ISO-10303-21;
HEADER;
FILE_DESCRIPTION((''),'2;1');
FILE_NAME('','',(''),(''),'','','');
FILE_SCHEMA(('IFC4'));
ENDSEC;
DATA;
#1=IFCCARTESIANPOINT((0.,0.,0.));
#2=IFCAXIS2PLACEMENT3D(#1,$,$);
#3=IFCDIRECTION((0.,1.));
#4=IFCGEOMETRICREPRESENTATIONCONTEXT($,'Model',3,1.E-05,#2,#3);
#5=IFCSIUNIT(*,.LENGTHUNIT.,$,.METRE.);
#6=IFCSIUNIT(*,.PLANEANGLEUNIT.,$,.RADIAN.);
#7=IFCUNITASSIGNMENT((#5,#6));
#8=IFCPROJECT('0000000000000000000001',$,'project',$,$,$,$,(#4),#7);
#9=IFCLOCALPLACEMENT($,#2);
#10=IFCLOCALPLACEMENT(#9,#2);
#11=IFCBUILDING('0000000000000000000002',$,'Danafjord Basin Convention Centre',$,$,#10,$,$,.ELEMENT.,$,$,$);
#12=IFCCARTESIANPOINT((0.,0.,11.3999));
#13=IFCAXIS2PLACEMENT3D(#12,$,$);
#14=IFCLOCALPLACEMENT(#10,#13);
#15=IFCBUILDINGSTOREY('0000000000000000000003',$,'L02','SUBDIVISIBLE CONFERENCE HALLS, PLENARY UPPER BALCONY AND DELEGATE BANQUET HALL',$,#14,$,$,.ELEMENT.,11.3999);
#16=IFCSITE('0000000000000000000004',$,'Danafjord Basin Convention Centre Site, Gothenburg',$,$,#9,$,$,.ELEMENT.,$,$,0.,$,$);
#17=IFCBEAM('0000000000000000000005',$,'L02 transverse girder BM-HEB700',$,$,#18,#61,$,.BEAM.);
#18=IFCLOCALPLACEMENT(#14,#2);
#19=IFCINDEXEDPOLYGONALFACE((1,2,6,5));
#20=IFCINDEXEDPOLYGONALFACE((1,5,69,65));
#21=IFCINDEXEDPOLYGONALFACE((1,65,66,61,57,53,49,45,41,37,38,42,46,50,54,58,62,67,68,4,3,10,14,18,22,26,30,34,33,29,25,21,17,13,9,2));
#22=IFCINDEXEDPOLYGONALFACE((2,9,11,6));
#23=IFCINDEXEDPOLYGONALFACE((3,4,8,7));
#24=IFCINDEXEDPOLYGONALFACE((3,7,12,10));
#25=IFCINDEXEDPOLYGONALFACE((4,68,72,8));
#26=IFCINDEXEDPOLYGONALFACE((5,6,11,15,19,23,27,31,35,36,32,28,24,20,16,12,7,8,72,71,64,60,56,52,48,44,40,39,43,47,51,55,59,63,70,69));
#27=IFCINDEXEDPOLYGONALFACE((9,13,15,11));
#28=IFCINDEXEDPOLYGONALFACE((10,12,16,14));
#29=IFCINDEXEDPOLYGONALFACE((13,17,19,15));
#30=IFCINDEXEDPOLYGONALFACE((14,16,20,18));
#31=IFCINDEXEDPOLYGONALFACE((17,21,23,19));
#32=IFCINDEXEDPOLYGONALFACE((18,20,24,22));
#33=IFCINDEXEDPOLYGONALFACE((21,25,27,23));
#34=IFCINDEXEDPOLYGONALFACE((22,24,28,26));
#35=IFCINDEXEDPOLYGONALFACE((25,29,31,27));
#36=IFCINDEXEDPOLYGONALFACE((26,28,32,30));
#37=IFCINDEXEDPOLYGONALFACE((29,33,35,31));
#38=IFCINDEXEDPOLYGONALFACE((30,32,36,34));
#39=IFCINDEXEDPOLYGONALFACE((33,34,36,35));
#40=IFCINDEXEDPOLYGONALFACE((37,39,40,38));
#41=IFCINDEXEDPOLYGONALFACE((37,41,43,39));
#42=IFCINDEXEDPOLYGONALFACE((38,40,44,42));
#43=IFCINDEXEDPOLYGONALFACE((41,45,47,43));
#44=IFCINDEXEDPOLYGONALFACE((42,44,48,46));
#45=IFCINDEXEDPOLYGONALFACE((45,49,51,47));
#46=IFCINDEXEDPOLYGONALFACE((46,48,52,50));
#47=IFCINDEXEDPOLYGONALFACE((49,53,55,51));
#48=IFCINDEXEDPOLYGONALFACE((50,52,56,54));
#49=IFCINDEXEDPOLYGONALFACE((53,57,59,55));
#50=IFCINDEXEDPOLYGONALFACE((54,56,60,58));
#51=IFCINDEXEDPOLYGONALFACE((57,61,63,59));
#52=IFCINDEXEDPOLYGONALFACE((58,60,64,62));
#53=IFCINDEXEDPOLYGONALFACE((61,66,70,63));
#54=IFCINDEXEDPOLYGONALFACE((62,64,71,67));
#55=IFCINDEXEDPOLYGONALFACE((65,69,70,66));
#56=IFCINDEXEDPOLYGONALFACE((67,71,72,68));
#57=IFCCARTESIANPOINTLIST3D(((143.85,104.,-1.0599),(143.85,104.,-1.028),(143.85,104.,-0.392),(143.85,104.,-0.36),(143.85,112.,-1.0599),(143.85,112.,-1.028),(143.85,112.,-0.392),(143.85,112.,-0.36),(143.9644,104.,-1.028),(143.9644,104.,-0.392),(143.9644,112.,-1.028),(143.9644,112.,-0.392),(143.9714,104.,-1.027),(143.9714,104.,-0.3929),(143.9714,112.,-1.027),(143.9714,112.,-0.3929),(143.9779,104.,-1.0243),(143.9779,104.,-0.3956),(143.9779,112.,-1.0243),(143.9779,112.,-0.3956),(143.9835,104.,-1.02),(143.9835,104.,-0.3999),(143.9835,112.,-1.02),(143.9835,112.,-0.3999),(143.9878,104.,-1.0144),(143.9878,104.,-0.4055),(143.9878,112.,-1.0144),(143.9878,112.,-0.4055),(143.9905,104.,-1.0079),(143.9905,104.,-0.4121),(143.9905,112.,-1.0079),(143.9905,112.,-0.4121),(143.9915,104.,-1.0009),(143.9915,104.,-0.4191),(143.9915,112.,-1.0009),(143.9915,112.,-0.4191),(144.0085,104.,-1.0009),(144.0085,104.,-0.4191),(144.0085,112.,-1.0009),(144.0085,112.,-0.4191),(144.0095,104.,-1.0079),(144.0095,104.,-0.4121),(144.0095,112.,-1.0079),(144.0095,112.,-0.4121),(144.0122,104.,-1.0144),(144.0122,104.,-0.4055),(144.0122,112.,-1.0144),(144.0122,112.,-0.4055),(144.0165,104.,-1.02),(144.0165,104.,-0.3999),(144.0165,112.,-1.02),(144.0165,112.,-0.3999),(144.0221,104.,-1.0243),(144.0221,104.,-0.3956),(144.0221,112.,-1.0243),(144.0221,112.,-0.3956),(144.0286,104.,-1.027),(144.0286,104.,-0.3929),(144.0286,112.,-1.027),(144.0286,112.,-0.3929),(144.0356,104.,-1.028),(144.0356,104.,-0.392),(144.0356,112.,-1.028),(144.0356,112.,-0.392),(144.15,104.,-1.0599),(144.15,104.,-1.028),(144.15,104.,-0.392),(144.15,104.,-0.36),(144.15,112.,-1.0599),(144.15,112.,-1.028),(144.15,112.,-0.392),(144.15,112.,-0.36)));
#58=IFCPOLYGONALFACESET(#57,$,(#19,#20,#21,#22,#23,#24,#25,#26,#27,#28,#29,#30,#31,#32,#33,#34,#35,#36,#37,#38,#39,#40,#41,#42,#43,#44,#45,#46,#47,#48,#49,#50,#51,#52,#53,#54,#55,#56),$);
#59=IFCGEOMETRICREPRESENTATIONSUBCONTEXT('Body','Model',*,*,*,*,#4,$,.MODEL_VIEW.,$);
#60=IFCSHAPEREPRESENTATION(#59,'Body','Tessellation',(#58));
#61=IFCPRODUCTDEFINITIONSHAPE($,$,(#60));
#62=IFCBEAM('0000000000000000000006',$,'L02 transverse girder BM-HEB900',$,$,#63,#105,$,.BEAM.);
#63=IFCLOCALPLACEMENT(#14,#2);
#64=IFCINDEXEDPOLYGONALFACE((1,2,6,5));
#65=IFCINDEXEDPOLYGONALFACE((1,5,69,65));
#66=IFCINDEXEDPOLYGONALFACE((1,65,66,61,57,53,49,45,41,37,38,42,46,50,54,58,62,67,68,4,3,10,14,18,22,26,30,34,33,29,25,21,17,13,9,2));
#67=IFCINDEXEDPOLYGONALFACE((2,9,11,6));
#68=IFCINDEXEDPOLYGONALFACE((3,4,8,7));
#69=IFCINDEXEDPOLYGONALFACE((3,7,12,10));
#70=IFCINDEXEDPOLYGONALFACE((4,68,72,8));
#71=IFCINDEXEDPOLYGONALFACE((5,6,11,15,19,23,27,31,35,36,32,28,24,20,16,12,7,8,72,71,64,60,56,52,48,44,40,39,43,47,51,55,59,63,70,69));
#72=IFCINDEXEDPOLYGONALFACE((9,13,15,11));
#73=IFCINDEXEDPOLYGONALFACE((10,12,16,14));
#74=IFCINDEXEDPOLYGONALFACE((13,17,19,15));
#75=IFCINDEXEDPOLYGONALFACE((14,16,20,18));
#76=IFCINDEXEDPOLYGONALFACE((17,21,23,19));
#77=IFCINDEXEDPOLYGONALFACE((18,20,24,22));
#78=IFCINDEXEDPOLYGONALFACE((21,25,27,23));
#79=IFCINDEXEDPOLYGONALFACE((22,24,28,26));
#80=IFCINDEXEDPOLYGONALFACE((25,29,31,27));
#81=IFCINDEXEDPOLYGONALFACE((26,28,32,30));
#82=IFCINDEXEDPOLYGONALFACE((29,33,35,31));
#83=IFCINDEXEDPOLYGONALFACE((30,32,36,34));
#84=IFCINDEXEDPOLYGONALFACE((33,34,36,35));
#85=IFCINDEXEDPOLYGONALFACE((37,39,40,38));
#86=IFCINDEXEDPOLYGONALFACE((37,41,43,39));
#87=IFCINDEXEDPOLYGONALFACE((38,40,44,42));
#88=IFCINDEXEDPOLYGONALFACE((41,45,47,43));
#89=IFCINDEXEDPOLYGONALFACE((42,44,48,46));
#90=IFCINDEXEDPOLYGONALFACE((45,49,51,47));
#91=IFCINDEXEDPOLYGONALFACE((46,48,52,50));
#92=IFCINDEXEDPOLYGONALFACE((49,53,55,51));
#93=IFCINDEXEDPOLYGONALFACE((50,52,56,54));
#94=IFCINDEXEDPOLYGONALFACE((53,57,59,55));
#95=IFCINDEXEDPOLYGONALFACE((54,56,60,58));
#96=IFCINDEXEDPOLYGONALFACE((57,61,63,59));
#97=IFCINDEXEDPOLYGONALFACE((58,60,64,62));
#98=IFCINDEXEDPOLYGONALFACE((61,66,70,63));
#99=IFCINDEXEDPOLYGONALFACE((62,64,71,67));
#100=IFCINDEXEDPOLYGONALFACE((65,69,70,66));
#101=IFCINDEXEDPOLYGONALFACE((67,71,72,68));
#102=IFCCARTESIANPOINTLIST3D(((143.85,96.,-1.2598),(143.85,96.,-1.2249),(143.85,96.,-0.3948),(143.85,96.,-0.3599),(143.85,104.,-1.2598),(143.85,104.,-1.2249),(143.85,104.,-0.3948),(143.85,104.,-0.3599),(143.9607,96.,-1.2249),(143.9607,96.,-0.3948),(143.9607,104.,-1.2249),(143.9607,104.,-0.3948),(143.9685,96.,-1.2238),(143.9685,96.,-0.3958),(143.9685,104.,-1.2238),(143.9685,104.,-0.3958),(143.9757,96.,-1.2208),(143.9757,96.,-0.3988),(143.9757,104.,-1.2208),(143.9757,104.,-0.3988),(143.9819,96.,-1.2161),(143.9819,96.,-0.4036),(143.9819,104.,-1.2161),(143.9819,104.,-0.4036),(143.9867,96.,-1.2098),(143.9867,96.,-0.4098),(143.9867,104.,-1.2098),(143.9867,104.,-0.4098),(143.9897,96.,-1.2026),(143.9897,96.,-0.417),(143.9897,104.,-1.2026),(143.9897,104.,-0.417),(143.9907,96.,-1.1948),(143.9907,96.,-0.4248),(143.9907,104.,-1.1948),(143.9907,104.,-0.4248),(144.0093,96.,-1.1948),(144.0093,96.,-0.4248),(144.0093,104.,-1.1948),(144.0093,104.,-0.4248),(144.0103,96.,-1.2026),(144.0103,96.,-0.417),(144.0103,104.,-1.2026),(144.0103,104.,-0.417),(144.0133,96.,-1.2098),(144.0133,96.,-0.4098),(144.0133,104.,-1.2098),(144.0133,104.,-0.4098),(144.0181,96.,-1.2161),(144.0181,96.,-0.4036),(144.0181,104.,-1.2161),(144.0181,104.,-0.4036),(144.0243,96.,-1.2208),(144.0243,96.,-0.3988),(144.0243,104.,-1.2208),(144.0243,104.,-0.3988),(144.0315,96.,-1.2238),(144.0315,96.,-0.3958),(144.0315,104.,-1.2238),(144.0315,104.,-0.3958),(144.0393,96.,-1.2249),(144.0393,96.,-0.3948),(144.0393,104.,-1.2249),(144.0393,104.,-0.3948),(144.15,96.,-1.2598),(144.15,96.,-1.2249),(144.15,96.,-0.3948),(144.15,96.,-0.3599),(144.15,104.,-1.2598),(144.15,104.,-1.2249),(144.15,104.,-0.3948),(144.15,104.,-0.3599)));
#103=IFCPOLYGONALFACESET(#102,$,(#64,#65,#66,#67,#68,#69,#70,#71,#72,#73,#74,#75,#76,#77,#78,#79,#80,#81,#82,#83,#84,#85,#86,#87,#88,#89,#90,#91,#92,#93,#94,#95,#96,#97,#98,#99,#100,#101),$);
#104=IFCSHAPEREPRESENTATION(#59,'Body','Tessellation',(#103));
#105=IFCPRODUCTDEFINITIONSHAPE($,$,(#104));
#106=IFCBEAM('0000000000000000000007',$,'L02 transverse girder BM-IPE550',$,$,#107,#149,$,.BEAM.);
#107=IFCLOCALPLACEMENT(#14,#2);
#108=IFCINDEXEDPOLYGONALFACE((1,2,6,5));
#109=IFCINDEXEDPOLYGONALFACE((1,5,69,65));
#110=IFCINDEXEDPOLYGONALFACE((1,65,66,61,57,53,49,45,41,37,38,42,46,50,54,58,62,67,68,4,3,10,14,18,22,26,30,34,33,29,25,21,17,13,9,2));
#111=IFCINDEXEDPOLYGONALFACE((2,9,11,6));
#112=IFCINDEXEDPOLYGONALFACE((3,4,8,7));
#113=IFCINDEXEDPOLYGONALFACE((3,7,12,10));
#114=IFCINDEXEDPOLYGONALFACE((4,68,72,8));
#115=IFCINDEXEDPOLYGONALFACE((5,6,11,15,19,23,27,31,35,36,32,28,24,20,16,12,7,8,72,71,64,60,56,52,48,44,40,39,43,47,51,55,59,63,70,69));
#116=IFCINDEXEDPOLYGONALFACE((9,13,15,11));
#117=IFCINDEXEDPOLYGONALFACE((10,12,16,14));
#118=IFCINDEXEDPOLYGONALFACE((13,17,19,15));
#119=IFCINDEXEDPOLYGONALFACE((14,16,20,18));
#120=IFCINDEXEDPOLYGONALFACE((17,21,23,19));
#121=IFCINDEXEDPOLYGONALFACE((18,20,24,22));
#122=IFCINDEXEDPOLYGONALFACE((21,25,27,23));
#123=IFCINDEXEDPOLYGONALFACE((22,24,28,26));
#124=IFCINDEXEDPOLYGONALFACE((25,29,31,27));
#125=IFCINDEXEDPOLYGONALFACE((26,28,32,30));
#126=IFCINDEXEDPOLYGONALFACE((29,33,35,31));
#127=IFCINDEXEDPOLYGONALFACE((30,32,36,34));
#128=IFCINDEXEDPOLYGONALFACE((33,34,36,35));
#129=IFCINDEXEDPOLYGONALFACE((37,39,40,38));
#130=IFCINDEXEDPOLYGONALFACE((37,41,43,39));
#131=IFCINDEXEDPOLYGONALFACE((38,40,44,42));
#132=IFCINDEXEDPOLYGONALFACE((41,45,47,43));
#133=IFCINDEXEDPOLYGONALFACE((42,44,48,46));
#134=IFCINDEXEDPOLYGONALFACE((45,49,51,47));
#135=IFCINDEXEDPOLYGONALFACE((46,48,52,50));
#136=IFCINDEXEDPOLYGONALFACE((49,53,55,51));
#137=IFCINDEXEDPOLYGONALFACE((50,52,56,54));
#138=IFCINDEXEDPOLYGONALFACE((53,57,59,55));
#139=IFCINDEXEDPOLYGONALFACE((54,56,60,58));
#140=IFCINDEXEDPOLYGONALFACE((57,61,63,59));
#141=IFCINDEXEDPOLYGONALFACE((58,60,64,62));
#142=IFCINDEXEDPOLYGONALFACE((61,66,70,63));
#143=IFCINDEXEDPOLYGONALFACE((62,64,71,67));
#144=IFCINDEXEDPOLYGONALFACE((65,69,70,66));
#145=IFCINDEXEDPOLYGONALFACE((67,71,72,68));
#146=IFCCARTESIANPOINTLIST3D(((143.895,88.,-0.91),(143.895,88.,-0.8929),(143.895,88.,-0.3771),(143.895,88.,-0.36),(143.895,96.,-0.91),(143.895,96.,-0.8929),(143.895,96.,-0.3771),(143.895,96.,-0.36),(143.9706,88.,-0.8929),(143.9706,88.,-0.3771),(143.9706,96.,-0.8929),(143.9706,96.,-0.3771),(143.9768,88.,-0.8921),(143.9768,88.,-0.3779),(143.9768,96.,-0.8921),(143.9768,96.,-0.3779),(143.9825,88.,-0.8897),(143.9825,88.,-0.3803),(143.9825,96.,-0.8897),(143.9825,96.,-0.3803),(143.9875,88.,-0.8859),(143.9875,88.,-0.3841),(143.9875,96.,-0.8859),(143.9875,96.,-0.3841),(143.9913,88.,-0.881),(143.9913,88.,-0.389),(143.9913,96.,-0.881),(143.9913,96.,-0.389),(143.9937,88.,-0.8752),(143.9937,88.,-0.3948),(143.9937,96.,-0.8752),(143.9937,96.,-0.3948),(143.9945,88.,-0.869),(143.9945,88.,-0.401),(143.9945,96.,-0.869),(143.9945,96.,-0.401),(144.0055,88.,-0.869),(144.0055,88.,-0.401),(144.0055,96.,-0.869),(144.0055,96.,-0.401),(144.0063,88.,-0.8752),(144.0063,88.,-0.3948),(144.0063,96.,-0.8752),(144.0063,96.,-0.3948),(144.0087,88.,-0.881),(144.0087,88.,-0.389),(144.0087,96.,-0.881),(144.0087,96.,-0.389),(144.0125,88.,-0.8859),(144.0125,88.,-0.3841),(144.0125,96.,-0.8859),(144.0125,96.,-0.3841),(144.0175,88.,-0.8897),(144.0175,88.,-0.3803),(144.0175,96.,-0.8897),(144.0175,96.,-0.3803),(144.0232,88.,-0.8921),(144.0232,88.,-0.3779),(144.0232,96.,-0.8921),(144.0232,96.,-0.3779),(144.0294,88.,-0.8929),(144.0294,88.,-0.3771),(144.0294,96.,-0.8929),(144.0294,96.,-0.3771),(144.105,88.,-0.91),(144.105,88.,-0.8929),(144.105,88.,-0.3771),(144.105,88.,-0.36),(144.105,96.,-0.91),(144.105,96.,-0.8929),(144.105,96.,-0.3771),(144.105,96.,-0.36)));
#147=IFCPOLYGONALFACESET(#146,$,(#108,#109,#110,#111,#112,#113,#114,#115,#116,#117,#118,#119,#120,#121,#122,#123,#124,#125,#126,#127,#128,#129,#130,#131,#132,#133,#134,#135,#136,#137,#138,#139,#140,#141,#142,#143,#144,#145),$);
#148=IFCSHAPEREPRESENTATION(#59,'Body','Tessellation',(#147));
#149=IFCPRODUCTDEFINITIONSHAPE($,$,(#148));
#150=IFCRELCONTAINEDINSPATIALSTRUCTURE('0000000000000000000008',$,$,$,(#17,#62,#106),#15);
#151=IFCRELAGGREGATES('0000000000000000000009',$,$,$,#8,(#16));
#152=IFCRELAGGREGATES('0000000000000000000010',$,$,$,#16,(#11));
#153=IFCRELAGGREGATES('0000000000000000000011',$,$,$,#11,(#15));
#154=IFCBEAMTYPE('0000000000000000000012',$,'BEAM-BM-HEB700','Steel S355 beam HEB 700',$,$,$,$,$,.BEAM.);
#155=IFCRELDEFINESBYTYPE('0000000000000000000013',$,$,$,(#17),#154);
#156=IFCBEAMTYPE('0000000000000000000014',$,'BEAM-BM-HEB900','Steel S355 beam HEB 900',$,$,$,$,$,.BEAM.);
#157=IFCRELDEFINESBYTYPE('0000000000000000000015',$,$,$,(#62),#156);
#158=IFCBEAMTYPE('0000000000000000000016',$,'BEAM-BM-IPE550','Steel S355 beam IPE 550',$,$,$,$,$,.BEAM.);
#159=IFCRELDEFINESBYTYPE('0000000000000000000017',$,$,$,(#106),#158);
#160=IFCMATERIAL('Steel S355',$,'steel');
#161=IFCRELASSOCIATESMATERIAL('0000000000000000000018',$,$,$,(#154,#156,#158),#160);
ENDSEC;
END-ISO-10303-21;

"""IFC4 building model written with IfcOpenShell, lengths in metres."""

from ifc_helpers import new_model, si_unit, direction, frame, origin, origin_2d, place, context, subcontext, project, spatial, i_section, extrude, material, material_profile, profile_set, type_object, element, save


model = new_model("IFC4")

# Units and contexts
model_context = context("Model", 3, precision=1e-05, world=origin(), true_north=direction((0.0, 1.0)))
body_context = subcontext(model_context, "Body", "Model", "MODEL_VIEW")
ifc_project = project(units=[si_unit("LENGTHUNIT", "METRE"), si_unit("PLANEANGLEUNIT", "RADIAN")], contexts=[model_context])

# Site, building, storey
site_placement = place(None, origin())
site = spatial("IfcSite", under=ifc_project, at=site_placement, Name="Danafjord Basin Convention Centre Site, Gothenburg", CompositionType="ELEMENT", RefElevation=0.0)
building_placement = place(site_placement, origin())
building = spatial("IfcBuilding", under=site, at=building_placement, Name="Danafjord Basin Convention Centre", CompositionType="ELEMENT")
storey_placement = place(building_placement, frame((0.0, 0.0, 11.3999)))
storey = spatial("IfcBuildingStorey", under=building, at=storey_placement, Name="L02", Description="SUBDIVISIBLE CONFERENCE HALLS, PLENARY UPPER BALCONY AND DELEGATE BANQUET HALL", CompositionType="ELEMENT", Elevation=11.3999)

# Shared definitions
ifc_material_1 = material(Name="Steel S355", Category="steel")

# Beams
ifc_material_profile_1 = material_profile(ifc_material_1, i_section(OverallWidth=0.3, OverallDepth=0.7, WebThickness=0.0171, FlangeThickness=0.032, FilletRadius=0.0271, at=origin_2d()), Name="HEB 700")
ifc_profile_set_1 = profile_set([ifc_material_profile_1], Name="Steel S355")
beam_type_1 = type_object("IfcBeamType", Name="BEAM-BM-HEB700", Description="Steel S355 beam HEB 700", PredefinedType="BEAM", material=ifc_profile_set_1)
beam_1_placement = place(storey_placement, frame((144.0, 104.0, -0.71), z_axis=(0.0, 1.0, 0.0), x_axis=(-1.0, 0.0, 0.0)))
element("IfcBeam", 1, at=beam_1_placement, inside=storey, type_object=beam_type_1, Name="L02 transverse girder BM-HEB700", PredefinedType="BEAM", context=body_context, shape_type="SweptSolid", body=[
    extrude(i_section(OverallWidth=0.3, OverallDepth=0.7, WebThickness=0.0171, FlangeThickness=0.032, FilletRadius=0.0271, at=origin_2d()), origin(), (0.0, 0.0, 1.0), 8.0),
])
ifc_material_profile_2 = material_profile(ifc_material_1, i_section(OverallWidth=0.3, OverallDepth=0.8999, WebThickness=0.0186, FlangeThickness=0.0349, FilletRadius=0.03, at=origin_2d()), Name="HEB 900")
ifc_profile_set_2 = profile_set([ifc_material_profile_2], Name="Steel S355")
beam_type_2 = type_object("IfcBeamType", Name="BEAM-BM-HEB900", Description="Steel S355 beam HEB 900", PredefinedType="BEAM", material=ifc_profile_set_2)
beam_2_placement = place(storey_placement, frame((144.0, 96.0, -0.8098), z_axis=(0.0, 1.0, 0.0), x_axis=(-1.0, 0.0, 0.0)))
element("IfcBeam", 2, at=beam_2_placement, inside=storey, type_object=beam_type_2, Name="L02 transverse girder BM-HEB900", PredefinedType="BEAM", context=body_context, shape_type="SweptSolid", body=[
    extrude(i_section(OverallWidth=0.3, OverallDepth=0.8999, WebThickness=0.0186, FlangeThickness=0.0349, FilletRadius=0.03, at=origin_2d()), origin(), (0.0, 0.0, 1.0), 8.0),
])
ifc_material_profile_3 = material_profile(ifc_material_1, i_section(OverallWidth=0.21, OverallDepth=0.55, WebThickness=0.011, FlangeThickness=0.0171, FilletRadius=0.0239, at=origin_2d()), Name="IPE 550")
ifc_profile_set_3 = profile_set([ifc_material_profile_3], Name="Steel S355")
beam_type_3 = type_object("IfcBeamType", Name="BEAM-BM-IPE550", Description="Steel S355 beam IPE 550", PredefinedType="BEAM", material=ifc_profile_set_3)
beam_3_placement = place(storey_placement, frame((144.0, 88.0, -0.635), z_axis=(0.0, 1.0, 0.0), x_axis=(-1.0, 0.0, 0.0)))
element("IfcBeam", 3, at=beam_3_placement, inside=storey, type_object=beam_type_3, Name="L02 transverse girder BM-IPE550", PredefinedType="BEAM", context=body_context, shape_type="SweptSolid", body=[
    extrude(i_section(OverallWidth=0.21, OverallDepth=0.55, WebThickness=0.011, FlangeThickness=0.0171, FilletRadius=0.0239, at=origin_2d()), origin(), (0.0, 0.0, 1.0), 8.0),
])

save(model, "model.ifc")
